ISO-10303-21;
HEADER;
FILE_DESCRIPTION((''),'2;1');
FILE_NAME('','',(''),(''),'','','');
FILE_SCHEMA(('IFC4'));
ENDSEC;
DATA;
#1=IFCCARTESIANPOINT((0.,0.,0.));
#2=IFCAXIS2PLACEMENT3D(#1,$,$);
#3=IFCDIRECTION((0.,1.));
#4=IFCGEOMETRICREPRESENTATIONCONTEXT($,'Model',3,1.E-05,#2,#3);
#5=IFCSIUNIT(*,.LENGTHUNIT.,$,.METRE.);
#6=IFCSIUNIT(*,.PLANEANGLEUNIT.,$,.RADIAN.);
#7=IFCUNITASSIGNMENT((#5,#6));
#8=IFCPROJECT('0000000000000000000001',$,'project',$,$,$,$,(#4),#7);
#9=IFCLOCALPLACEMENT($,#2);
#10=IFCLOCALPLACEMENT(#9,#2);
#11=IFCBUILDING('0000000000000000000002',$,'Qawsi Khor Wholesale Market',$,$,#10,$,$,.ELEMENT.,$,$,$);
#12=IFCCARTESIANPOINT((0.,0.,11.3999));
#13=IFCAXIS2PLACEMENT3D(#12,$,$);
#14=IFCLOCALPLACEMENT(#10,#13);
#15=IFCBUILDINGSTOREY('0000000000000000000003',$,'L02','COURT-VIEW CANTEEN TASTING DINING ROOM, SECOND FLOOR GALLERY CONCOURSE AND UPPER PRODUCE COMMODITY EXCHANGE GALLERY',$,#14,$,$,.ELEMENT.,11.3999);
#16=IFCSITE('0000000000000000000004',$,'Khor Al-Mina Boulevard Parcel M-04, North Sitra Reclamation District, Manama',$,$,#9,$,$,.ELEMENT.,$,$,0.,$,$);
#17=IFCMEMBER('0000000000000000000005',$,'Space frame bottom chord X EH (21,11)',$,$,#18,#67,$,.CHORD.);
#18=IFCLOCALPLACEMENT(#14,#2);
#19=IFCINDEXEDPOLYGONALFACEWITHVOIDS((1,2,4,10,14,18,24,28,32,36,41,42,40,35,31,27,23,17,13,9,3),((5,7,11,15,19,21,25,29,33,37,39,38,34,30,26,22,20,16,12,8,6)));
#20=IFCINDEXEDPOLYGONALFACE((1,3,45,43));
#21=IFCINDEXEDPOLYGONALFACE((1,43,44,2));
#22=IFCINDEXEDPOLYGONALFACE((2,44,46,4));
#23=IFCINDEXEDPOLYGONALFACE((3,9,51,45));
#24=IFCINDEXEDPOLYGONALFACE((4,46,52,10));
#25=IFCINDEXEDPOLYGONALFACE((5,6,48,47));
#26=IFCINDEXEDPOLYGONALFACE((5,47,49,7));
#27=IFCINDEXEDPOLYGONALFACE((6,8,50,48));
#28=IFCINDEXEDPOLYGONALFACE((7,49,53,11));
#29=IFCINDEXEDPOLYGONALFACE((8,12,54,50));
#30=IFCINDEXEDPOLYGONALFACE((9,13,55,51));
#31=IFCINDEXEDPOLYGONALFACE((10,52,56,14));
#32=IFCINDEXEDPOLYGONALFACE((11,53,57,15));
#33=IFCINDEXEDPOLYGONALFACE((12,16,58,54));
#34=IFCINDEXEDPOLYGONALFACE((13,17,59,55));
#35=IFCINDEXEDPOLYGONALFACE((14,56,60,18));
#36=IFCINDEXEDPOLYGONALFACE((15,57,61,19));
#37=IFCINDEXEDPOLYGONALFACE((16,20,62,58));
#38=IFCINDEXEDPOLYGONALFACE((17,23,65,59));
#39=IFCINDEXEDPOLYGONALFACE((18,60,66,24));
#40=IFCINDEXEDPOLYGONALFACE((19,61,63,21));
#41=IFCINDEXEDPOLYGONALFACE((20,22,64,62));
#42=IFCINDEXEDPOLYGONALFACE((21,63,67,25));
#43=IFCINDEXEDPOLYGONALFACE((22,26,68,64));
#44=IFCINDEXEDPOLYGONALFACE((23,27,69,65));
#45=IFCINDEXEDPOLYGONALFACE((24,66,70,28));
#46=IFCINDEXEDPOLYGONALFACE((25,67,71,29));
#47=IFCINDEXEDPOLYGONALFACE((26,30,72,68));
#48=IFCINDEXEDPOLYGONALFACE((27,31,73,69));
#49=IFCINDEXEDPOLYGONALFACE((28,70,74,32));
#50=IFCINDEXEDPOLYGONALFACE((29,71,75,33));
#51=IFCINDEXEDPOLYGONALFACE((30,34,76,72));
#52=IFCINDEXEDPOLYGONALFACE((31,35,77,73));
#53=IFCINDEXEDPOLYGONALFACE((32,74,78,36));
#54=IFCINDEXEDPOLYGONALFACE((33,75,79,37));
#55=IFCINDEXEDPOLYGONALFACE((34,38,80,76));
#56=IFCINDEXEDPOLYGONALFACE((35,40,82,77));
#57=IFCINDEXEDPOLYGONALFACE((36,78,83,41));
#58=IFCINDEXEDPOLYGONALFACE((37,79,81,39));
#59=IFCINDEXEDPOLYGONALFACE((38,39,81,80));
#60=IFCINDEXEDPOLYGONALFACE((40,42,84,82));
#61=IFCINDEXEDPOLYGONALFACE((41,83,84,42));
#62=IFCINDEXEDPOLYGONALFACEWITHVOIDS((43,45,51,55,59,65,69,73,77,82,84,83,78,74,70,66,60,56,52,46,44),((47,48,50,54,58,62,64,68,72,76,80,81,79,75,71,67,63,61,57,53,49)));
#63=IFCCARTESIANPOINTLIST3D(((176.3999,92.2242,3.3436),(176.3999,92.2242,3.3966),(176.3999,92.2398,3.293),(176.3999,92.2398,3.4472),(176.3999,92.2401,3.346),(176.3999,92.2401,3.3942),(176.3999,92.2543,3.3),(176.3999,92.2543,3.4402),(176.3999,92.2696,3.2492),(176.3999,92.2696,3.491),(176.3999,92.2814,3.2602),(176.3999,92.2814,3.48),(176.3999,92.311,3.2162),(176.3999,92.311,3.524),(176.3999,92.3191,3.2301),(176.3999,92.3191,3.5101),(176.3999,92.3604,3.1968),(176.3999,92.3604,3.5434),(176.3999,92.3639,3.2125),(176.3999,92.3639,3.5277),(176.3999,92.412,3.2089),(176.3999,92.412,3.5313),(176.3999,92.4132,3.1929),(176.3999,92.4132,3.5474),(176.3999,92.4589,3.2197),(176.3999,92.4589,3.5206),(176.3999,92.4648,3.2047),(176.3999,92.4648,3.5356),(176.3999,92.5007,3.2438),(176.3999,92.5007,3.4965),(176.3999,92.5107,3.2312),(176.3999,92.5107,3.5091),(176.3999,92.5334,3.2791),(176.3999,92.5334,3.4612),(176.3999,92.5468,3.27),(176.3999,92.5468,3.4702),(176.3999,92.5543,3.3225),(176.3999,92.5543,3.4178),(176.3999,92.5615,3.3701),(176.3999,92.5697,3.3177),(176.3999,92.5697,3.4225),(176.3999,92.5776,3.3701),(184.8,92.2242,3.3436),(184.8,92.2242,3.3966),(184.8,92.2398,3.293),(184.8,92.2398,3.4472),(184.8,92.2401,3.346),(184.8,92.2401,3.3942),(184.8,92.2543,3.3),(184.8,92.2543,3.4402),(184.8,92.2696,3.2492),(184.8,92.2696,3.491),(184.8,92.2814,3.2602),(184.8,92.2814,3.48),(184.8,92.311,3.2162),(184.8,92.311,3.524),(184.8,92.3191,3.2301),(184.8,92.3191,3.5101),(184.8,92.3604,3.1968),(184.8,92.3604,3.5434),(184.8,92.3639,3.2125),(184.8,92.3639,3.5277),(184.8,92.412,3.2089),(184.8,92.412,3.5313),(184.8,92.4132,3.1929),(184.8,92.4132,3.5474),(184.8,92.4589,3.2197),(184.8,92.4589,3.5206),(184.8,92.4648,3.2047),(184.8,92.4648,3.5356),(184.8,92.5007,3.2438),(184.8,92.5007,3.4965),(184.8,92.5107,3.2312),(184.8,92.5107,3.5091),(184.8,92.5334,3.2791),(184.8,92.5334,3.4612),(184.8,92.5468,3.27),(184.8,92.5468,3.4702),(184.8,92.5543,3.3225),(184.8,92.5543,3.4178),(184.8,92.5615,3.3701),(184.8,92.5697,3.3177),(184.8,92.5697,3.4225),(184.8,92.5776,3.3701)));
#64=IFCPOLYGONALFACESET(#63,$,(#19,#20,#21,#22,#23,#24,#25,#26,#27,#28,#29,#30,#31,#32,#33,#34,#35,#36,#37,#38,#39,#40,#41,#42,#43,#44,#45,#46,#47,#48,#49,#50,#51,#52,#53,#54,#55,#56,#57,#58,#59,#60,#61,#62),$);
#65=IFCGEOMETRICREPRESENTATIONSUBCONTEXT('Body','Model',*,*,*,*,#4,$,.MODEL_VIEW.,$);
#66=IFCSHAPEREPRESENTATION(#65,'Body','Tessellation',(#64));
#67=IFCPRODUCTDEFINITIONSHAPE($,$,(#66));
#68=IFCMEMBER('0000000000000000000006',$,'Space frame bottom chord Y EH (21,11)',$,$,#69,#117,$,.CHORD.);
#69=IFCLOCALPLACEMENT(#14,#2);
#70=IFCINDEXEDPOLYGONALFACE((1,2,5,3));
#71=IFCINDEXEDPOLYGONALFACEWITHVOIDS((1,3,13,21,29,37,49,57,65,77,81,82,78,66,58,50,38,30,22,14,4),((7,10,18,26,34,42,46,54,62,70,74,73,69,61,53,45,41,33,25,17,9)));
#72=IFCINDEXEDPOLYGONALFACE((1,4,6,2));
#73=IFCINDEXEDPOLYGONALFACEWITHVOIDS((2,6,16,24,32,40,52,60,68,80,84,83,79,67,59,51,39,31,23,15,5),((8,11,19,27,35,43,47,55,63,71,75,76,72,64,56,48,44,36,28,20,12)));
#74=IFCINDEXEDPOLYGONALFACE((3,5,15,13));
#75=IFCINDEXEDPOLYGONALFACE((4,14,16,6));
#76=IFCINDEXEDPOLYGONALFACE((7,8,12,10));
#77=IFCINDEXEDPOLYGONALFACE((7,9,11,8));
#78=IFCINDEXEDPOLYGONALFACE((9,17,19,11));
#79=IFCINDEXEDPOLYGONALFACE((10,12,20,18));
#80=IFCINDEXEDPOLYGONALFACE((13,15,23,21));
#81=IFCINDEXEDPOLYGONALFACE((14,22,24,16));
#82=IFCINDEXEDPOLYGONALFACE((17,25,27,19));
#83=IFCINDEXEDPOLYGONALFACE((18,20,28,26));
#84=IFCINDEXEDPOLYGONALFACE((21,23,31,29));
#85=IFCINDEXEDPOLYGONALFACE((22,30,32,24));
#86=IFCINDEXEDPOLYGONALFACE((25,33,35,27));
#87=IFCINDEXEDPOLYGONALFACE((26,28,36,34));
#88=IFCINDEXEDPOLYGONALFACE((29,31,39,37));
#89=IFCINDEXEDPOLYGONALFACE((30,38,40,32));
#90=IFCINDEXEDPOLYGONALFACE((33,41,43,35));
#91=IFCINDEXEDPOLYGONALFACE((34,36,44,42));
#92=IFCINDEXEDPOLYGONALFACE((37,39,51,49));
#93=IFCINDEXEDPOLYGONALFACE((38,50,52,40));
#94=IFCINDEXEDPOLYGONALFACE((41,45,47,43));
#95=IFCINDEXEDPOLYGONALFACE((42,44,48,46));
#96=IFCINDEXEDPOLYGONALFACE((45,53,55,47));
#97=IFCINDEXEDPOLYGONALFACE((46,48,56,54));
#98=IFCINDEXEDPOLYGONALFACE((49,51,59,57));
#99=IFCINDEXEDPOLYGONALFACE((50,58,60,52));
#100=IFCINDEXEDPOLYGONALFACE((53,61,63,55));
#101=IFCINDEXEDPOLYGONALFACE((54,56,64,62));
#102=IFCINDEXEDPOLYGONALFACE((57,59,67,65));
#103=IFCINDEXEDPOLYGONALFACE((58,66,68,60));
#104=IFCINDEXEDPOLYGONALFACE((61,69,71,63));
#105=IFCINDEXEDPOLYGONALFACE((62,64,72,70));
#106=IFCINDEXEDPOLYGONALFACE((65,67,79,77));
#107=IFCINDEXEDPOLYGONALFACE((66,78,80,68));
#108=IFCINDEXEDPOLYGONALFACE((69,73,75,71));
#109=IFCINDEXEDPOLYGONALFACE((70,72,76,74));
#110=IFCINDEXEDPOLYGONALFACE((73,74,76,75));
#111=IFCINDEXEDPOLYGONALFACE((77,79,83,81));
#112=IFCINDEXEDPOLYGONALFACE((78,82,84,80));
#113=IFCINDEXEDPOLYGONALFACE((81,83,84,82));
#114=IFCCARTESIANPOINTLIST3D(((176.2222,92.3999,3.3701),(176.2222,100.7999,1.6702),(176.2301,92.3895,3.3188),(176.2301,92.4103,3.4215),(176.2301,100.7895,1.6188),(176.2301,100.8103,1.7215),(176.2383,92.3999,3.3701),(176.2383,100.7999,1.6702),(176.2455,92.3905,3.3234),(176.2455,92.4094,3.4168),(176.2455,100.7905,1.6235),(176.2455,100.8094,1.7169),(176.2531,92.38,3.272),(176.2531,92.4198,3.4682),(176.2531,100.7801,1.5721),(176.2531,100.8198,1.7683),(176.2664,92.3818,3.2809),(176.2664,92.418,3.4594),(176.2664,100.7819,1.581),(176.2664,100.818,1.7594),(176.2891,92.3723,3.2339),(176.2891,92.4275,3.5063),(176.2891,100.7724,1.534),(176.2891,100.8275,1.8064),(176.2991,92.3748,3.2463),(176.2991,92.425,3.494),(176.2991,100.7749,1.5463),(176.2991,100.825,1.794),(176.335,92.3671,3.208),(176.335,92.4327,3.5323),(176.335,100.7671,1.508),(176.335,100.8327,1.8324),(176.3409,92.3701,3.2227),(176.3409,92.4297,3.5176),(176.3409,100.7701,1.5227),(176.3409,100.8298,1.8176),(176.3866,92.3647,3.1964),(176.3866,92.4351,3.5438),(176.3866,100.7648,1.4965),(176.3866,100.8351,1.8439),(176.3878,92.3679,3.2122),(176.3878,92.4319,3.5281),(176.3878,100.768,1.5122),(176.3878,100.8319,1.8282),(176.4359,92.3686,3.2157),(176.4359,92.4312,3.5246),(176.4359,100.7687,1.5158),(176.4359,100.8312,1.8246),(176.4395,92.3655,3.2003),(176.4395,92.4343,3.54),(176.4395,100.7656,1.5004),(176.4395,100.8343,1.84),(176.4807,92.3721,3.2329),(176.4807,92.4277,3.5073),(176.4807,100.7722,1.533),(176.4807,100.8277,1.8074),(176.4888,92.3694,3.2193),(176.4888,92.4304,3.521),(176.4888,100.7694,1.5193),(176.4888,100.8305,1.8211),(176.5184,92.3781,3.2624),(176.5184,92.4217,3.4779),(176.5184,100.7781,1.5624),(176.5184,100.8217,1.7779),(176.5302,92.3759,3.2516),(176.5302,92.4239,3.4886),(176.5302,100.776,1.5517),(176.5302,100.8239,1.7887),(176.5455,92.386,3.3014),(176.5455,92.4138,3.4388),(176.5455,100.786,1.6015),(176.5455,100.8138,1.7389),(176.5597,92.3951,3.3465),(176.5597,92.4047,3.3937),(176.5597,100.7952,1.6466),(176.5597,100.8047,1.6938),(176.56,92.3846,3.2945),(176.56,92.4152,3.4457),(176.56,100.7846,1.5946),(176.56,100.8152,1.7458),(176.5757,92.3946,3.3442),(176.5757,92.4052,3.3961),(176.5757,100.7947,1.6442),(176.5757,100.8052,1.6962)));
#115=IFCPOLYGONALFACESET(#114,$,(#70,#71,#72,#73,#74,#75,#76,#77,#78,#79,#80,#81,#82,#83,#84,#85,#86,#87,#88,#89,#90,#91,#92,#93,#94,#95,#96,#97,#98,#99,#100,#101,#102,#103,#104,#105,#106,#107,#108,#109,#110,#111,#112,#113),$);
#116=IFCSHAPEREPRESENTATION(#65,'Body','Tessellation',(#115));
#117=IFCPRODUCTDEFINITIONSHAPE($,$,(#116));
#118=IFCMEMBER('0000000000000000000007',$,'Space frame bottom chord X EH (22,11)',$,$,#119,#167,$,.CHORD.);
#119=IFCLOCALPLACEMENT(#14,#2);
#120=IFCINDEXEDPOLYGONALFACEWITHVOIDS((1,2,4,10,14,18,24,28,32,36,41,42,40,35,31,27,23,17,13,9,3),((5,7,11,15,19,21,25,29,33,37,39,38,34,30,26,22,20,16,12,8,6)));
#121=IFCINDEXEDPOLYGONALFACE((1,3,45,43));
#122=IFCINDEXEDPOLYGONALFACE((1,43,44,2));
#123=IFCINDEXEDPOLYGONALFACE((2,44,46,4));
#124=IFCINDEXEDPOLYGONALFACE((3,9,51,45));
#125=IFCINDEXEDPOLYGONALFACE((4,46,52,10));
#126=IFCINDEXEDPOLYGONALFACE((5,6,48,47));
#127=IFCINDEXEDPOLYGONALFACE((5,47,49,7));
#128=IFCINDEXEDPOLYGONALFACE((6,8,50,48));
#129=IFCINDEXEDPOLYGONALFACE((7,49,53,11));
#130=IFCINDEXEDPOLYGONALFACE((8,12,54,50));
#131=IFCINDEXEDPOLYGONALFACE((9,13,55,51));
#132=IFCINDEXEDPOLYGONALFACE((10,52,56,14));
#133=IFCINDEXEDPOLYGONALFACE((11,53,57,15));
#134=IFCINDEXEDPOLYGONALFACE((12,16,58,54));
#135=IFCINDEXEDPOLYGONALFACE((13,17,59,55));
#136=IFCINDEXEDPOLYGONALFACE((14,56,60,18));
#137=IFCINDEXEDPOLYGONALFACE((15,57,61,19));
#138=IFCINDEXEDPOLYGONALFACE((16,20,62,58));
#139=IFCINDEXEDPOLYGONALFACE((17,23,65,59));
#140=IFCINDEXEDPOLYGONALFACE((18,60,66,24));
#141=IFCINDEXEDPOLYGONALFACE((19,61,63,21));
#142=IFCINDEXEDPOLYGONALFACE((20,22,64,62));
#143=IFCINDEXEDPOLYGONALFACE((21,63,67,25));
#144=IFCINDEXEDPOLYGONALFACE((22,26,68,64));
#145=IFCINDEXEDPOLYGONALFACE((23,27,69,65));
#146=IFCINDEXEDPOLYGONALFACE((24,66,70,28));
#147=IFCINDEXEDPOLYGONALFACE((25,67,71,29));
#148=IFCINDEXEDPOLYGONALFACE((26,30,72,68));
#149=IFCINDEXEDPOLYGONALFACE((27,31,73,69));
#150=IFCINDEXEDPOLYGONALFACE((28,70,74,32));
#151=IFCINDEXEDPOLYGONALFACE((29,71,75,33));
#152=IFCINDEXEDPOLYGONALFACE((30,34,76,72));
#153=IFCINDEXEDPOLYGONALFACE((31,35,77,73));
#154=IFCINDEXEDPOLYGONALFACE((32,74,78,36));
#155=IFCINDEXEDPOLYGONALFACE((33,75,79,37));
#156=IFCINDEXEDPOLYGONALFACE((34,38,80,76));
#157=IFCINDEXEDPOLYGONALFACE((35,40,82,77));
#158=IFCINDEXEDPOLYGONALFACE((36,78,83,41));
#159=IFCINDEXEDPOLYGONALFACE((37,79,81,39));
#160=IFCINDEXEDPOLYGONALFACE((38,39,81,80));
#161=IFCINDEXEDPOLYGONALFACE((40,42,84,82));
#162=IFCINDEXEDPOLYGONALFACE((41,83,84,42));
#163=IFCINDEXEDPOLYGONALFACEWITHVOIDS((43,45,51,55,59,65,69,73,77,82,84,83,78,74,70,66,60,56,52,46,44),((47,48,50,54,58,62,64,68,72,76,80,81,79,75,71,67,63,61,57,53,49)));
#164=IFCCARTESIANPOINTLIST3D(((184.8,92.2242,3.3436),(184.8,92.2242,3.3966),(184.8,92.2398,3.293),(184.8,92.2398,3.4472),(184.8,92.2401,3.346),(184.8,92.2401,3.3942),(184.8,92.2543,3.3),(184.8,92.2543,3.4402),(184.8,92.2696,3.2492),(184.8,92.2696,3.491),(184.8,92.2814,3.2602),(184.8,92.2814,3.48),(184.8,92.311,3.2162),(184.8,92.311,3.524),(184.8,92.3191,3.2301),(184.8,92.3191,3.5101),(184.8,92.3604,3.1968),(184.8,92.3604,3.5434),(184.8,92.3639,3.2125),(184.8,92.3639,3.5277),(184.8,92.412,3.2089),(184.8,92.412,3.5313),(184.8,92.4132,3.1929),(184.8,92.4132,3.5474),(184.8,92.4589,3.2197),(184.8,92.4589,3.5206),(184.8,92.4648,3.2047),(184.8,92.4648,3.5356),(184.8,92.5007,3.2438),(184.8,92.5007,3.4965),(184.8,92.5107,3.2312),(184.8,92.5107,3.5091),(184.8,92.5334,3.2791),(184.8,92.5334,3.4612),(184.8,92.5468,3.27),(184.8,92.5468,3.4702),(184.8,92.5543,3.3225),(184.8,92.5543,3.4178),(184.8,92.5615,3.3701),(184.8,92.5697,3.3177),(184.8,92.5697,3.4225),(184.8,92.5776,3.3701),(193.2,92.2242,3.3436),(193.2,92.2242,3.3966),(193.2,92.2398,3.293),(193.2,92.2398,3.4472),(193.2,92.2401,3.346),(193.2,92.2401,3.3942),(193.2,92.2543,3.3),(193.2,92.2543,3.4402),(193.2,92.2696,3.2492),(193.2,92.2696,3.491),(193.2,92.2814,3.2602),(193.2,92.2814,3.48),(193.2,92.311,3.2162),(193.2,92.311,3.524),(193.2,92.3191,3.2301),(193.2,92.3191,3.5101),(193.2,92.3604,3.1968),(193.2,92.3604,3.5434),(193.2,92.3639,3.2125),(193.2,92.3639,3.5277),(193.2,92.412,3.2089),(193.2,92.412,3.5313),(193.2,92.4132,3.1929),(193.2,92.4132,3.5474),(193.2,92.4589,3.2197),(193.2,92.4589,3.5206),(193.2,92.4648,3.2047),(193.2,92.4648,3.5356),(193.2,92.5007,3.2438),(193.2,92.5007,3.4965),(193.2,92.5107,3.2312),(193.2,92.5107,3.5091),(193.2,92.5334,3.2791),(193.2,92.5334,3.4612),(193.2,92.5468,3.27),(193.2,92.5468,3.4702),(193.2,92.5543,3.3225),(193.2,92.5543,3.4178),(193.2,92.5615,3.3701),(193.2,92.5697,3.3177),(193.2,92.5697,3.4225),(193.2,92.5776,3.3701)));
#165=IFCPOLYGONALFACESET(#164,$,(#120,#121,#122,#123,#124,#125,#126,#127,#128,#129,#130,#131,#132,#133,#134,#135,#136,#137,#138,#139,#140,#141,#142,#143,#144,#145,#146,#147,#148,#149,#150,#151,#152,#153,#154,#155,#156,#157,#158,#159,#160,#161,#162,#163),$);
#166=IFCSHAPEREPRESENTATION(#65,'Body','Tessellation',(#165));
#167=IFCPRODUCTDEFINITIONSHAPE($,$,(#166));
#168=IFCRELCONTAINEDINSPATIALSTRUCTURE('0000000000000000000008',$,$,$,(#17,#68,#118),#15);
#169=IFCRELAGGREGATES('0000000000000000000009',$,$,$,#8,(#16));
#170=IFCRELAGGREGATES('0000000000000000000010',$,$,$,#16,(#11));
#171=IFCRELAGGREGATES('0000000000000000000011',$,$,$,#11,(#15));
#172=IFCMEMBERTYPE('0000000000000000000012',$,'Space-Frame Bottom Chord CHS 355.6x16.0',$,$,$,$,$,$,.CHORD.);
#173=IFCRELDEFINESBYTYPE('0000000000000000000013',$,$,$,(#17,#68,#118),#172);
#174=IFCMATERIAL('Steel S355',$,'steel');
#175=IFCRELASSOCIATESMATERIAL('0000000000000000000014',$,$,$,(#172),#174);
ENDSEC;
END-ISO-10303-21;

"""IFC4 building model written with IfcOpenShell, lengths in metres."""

from ifc_helpers import new_model, si_unit, direction, frame, origin, origin_2d, place, context, subcontext, project, spatial, hollow_circle, extrude, material, material_profile, profile_set, type_object, element, save


model = new_model("IFC4")

# Units and contexts
model_context = context("Model", 3, precision=1e-05, world=origin(), true_north=direction((0.0, 1.0)))
body_context = subcontext(model_context, "Body", "Model", "MODEL_VIEW")
ifc_project = project(units=[si_unit("LENGTHUNIT", "METRE"), si_unit("PLANEANGLEUNIT", "RADIAN")], contexts=[model_context])

# Site, building, storey
site_placement = place(None, origin())
site = spatial("IfcSite", under=ifc_project, at=site_placement, Name="Khor Al-Mina Boulevard Parcel M-04, North Sitra Reclamation District, Manama", CompositionType="ELEMENT", RefElevation=0.0)
building_placement = place(site_placement, origin())
building = spatial("IfcBuilding", under=site, at=building_placement, Name="Qawsi Khor Wholesale Market", CompositionType="ELEMENT")
storey_placement = place(building_placement, frame((0.0, 0.0, 11.3999)))
storey = spatial("IfcBuildingStorey", under=building, at=storey_placement, Name="L02", Description="COURT-VIEW CANTEEN TASTING DINING ROOM, SECOND FLOOR GALLERY CONCOURSE AND UPPER PRODUCE COMMODITY EXCHANGE GALLERY", CompositionType="ELEMENT", Elevation=11.3999)

# Members
ifc_material_1 = material(Name="Steel S355", Category="steel")
ifc_material_profile_1 = material_profile(ifc_material_1, hollow_circle(Radius=0.1777, WallThickness=0.0161, at=origin_2d()), Name="CHS 355.6x16.0")
ifc_profile_set_1 = profile_set([ifc_material_profile_1], Name="Steel S355")
member_type_1 = type_object("IfcMemberType", Name="Space-Frame Bottom Chord CHS 355.6x16.0", PredefinedType="CHORD", material=ifc_profile_set_1)
member_1_placement = place(storey_placement, frame((176.3999, 92.3999, 3.3701), z_axis=(1.0, 0.0, 0.0), x_axis=(0.0, 1.0, 0.0)))
element("IfcMember", 1, at=member_1_placement, inside=storey, type_object=member_type_1, Name="Space frame bottom chord X EH (21,11)", PredefinedType="CHORD", context=body_context, shape_type="SweptSolid", body=[
    extrude(hollow_circle(Radius=0.1777, WallThickness=0.0161, at=origin_2d()), origin(), (0.0, 0.0, 1.0), 8.4001),
])
member_2_placement = place(storey_placement, frame((176.3999, 92.3999, 3.3701), z_axis=(0.0, 0.980131, -0.198351), x_axis=(-1.0, 0.0, 0.0)))
element("IfcMember", 2, at=member_2_placement, inside=storey, type_object=member_type_1, Name="Space frame bottom chord Y EH (21,11)", PredefinedType="CHORD", context=body_context, shape_type="SweptSolid", body=[
    extrude(hollow_circle(Radius=0.1777, WallThickness=0.0161, at=origin_2d()), origin(), (0.0, 0.0, 1.0), 8.5703),
])
member_3_placement = place(storey_placement, frame((184.8, 92.3999, 3.3701), z_axis=(1.0, 0.0, 0.0), x_axis=(0.0, 1.0, 0.0)))
element("IfcMember", 3, at=member_3_placement, inside=storey, type_object=member_type_1, Name="Space frame bottom chord X EH (22,11)", PredefinedType="CHORD", context=body_context, shape_type="SweptSolid", body=[
    extrude(hollow_circle(Radius=0.1777, WallThickness=0.0161, at=origin_2d()), origin(), (0.0, 0.0, 1.0), 8.3999),
])

save(model, "model.ifc")
